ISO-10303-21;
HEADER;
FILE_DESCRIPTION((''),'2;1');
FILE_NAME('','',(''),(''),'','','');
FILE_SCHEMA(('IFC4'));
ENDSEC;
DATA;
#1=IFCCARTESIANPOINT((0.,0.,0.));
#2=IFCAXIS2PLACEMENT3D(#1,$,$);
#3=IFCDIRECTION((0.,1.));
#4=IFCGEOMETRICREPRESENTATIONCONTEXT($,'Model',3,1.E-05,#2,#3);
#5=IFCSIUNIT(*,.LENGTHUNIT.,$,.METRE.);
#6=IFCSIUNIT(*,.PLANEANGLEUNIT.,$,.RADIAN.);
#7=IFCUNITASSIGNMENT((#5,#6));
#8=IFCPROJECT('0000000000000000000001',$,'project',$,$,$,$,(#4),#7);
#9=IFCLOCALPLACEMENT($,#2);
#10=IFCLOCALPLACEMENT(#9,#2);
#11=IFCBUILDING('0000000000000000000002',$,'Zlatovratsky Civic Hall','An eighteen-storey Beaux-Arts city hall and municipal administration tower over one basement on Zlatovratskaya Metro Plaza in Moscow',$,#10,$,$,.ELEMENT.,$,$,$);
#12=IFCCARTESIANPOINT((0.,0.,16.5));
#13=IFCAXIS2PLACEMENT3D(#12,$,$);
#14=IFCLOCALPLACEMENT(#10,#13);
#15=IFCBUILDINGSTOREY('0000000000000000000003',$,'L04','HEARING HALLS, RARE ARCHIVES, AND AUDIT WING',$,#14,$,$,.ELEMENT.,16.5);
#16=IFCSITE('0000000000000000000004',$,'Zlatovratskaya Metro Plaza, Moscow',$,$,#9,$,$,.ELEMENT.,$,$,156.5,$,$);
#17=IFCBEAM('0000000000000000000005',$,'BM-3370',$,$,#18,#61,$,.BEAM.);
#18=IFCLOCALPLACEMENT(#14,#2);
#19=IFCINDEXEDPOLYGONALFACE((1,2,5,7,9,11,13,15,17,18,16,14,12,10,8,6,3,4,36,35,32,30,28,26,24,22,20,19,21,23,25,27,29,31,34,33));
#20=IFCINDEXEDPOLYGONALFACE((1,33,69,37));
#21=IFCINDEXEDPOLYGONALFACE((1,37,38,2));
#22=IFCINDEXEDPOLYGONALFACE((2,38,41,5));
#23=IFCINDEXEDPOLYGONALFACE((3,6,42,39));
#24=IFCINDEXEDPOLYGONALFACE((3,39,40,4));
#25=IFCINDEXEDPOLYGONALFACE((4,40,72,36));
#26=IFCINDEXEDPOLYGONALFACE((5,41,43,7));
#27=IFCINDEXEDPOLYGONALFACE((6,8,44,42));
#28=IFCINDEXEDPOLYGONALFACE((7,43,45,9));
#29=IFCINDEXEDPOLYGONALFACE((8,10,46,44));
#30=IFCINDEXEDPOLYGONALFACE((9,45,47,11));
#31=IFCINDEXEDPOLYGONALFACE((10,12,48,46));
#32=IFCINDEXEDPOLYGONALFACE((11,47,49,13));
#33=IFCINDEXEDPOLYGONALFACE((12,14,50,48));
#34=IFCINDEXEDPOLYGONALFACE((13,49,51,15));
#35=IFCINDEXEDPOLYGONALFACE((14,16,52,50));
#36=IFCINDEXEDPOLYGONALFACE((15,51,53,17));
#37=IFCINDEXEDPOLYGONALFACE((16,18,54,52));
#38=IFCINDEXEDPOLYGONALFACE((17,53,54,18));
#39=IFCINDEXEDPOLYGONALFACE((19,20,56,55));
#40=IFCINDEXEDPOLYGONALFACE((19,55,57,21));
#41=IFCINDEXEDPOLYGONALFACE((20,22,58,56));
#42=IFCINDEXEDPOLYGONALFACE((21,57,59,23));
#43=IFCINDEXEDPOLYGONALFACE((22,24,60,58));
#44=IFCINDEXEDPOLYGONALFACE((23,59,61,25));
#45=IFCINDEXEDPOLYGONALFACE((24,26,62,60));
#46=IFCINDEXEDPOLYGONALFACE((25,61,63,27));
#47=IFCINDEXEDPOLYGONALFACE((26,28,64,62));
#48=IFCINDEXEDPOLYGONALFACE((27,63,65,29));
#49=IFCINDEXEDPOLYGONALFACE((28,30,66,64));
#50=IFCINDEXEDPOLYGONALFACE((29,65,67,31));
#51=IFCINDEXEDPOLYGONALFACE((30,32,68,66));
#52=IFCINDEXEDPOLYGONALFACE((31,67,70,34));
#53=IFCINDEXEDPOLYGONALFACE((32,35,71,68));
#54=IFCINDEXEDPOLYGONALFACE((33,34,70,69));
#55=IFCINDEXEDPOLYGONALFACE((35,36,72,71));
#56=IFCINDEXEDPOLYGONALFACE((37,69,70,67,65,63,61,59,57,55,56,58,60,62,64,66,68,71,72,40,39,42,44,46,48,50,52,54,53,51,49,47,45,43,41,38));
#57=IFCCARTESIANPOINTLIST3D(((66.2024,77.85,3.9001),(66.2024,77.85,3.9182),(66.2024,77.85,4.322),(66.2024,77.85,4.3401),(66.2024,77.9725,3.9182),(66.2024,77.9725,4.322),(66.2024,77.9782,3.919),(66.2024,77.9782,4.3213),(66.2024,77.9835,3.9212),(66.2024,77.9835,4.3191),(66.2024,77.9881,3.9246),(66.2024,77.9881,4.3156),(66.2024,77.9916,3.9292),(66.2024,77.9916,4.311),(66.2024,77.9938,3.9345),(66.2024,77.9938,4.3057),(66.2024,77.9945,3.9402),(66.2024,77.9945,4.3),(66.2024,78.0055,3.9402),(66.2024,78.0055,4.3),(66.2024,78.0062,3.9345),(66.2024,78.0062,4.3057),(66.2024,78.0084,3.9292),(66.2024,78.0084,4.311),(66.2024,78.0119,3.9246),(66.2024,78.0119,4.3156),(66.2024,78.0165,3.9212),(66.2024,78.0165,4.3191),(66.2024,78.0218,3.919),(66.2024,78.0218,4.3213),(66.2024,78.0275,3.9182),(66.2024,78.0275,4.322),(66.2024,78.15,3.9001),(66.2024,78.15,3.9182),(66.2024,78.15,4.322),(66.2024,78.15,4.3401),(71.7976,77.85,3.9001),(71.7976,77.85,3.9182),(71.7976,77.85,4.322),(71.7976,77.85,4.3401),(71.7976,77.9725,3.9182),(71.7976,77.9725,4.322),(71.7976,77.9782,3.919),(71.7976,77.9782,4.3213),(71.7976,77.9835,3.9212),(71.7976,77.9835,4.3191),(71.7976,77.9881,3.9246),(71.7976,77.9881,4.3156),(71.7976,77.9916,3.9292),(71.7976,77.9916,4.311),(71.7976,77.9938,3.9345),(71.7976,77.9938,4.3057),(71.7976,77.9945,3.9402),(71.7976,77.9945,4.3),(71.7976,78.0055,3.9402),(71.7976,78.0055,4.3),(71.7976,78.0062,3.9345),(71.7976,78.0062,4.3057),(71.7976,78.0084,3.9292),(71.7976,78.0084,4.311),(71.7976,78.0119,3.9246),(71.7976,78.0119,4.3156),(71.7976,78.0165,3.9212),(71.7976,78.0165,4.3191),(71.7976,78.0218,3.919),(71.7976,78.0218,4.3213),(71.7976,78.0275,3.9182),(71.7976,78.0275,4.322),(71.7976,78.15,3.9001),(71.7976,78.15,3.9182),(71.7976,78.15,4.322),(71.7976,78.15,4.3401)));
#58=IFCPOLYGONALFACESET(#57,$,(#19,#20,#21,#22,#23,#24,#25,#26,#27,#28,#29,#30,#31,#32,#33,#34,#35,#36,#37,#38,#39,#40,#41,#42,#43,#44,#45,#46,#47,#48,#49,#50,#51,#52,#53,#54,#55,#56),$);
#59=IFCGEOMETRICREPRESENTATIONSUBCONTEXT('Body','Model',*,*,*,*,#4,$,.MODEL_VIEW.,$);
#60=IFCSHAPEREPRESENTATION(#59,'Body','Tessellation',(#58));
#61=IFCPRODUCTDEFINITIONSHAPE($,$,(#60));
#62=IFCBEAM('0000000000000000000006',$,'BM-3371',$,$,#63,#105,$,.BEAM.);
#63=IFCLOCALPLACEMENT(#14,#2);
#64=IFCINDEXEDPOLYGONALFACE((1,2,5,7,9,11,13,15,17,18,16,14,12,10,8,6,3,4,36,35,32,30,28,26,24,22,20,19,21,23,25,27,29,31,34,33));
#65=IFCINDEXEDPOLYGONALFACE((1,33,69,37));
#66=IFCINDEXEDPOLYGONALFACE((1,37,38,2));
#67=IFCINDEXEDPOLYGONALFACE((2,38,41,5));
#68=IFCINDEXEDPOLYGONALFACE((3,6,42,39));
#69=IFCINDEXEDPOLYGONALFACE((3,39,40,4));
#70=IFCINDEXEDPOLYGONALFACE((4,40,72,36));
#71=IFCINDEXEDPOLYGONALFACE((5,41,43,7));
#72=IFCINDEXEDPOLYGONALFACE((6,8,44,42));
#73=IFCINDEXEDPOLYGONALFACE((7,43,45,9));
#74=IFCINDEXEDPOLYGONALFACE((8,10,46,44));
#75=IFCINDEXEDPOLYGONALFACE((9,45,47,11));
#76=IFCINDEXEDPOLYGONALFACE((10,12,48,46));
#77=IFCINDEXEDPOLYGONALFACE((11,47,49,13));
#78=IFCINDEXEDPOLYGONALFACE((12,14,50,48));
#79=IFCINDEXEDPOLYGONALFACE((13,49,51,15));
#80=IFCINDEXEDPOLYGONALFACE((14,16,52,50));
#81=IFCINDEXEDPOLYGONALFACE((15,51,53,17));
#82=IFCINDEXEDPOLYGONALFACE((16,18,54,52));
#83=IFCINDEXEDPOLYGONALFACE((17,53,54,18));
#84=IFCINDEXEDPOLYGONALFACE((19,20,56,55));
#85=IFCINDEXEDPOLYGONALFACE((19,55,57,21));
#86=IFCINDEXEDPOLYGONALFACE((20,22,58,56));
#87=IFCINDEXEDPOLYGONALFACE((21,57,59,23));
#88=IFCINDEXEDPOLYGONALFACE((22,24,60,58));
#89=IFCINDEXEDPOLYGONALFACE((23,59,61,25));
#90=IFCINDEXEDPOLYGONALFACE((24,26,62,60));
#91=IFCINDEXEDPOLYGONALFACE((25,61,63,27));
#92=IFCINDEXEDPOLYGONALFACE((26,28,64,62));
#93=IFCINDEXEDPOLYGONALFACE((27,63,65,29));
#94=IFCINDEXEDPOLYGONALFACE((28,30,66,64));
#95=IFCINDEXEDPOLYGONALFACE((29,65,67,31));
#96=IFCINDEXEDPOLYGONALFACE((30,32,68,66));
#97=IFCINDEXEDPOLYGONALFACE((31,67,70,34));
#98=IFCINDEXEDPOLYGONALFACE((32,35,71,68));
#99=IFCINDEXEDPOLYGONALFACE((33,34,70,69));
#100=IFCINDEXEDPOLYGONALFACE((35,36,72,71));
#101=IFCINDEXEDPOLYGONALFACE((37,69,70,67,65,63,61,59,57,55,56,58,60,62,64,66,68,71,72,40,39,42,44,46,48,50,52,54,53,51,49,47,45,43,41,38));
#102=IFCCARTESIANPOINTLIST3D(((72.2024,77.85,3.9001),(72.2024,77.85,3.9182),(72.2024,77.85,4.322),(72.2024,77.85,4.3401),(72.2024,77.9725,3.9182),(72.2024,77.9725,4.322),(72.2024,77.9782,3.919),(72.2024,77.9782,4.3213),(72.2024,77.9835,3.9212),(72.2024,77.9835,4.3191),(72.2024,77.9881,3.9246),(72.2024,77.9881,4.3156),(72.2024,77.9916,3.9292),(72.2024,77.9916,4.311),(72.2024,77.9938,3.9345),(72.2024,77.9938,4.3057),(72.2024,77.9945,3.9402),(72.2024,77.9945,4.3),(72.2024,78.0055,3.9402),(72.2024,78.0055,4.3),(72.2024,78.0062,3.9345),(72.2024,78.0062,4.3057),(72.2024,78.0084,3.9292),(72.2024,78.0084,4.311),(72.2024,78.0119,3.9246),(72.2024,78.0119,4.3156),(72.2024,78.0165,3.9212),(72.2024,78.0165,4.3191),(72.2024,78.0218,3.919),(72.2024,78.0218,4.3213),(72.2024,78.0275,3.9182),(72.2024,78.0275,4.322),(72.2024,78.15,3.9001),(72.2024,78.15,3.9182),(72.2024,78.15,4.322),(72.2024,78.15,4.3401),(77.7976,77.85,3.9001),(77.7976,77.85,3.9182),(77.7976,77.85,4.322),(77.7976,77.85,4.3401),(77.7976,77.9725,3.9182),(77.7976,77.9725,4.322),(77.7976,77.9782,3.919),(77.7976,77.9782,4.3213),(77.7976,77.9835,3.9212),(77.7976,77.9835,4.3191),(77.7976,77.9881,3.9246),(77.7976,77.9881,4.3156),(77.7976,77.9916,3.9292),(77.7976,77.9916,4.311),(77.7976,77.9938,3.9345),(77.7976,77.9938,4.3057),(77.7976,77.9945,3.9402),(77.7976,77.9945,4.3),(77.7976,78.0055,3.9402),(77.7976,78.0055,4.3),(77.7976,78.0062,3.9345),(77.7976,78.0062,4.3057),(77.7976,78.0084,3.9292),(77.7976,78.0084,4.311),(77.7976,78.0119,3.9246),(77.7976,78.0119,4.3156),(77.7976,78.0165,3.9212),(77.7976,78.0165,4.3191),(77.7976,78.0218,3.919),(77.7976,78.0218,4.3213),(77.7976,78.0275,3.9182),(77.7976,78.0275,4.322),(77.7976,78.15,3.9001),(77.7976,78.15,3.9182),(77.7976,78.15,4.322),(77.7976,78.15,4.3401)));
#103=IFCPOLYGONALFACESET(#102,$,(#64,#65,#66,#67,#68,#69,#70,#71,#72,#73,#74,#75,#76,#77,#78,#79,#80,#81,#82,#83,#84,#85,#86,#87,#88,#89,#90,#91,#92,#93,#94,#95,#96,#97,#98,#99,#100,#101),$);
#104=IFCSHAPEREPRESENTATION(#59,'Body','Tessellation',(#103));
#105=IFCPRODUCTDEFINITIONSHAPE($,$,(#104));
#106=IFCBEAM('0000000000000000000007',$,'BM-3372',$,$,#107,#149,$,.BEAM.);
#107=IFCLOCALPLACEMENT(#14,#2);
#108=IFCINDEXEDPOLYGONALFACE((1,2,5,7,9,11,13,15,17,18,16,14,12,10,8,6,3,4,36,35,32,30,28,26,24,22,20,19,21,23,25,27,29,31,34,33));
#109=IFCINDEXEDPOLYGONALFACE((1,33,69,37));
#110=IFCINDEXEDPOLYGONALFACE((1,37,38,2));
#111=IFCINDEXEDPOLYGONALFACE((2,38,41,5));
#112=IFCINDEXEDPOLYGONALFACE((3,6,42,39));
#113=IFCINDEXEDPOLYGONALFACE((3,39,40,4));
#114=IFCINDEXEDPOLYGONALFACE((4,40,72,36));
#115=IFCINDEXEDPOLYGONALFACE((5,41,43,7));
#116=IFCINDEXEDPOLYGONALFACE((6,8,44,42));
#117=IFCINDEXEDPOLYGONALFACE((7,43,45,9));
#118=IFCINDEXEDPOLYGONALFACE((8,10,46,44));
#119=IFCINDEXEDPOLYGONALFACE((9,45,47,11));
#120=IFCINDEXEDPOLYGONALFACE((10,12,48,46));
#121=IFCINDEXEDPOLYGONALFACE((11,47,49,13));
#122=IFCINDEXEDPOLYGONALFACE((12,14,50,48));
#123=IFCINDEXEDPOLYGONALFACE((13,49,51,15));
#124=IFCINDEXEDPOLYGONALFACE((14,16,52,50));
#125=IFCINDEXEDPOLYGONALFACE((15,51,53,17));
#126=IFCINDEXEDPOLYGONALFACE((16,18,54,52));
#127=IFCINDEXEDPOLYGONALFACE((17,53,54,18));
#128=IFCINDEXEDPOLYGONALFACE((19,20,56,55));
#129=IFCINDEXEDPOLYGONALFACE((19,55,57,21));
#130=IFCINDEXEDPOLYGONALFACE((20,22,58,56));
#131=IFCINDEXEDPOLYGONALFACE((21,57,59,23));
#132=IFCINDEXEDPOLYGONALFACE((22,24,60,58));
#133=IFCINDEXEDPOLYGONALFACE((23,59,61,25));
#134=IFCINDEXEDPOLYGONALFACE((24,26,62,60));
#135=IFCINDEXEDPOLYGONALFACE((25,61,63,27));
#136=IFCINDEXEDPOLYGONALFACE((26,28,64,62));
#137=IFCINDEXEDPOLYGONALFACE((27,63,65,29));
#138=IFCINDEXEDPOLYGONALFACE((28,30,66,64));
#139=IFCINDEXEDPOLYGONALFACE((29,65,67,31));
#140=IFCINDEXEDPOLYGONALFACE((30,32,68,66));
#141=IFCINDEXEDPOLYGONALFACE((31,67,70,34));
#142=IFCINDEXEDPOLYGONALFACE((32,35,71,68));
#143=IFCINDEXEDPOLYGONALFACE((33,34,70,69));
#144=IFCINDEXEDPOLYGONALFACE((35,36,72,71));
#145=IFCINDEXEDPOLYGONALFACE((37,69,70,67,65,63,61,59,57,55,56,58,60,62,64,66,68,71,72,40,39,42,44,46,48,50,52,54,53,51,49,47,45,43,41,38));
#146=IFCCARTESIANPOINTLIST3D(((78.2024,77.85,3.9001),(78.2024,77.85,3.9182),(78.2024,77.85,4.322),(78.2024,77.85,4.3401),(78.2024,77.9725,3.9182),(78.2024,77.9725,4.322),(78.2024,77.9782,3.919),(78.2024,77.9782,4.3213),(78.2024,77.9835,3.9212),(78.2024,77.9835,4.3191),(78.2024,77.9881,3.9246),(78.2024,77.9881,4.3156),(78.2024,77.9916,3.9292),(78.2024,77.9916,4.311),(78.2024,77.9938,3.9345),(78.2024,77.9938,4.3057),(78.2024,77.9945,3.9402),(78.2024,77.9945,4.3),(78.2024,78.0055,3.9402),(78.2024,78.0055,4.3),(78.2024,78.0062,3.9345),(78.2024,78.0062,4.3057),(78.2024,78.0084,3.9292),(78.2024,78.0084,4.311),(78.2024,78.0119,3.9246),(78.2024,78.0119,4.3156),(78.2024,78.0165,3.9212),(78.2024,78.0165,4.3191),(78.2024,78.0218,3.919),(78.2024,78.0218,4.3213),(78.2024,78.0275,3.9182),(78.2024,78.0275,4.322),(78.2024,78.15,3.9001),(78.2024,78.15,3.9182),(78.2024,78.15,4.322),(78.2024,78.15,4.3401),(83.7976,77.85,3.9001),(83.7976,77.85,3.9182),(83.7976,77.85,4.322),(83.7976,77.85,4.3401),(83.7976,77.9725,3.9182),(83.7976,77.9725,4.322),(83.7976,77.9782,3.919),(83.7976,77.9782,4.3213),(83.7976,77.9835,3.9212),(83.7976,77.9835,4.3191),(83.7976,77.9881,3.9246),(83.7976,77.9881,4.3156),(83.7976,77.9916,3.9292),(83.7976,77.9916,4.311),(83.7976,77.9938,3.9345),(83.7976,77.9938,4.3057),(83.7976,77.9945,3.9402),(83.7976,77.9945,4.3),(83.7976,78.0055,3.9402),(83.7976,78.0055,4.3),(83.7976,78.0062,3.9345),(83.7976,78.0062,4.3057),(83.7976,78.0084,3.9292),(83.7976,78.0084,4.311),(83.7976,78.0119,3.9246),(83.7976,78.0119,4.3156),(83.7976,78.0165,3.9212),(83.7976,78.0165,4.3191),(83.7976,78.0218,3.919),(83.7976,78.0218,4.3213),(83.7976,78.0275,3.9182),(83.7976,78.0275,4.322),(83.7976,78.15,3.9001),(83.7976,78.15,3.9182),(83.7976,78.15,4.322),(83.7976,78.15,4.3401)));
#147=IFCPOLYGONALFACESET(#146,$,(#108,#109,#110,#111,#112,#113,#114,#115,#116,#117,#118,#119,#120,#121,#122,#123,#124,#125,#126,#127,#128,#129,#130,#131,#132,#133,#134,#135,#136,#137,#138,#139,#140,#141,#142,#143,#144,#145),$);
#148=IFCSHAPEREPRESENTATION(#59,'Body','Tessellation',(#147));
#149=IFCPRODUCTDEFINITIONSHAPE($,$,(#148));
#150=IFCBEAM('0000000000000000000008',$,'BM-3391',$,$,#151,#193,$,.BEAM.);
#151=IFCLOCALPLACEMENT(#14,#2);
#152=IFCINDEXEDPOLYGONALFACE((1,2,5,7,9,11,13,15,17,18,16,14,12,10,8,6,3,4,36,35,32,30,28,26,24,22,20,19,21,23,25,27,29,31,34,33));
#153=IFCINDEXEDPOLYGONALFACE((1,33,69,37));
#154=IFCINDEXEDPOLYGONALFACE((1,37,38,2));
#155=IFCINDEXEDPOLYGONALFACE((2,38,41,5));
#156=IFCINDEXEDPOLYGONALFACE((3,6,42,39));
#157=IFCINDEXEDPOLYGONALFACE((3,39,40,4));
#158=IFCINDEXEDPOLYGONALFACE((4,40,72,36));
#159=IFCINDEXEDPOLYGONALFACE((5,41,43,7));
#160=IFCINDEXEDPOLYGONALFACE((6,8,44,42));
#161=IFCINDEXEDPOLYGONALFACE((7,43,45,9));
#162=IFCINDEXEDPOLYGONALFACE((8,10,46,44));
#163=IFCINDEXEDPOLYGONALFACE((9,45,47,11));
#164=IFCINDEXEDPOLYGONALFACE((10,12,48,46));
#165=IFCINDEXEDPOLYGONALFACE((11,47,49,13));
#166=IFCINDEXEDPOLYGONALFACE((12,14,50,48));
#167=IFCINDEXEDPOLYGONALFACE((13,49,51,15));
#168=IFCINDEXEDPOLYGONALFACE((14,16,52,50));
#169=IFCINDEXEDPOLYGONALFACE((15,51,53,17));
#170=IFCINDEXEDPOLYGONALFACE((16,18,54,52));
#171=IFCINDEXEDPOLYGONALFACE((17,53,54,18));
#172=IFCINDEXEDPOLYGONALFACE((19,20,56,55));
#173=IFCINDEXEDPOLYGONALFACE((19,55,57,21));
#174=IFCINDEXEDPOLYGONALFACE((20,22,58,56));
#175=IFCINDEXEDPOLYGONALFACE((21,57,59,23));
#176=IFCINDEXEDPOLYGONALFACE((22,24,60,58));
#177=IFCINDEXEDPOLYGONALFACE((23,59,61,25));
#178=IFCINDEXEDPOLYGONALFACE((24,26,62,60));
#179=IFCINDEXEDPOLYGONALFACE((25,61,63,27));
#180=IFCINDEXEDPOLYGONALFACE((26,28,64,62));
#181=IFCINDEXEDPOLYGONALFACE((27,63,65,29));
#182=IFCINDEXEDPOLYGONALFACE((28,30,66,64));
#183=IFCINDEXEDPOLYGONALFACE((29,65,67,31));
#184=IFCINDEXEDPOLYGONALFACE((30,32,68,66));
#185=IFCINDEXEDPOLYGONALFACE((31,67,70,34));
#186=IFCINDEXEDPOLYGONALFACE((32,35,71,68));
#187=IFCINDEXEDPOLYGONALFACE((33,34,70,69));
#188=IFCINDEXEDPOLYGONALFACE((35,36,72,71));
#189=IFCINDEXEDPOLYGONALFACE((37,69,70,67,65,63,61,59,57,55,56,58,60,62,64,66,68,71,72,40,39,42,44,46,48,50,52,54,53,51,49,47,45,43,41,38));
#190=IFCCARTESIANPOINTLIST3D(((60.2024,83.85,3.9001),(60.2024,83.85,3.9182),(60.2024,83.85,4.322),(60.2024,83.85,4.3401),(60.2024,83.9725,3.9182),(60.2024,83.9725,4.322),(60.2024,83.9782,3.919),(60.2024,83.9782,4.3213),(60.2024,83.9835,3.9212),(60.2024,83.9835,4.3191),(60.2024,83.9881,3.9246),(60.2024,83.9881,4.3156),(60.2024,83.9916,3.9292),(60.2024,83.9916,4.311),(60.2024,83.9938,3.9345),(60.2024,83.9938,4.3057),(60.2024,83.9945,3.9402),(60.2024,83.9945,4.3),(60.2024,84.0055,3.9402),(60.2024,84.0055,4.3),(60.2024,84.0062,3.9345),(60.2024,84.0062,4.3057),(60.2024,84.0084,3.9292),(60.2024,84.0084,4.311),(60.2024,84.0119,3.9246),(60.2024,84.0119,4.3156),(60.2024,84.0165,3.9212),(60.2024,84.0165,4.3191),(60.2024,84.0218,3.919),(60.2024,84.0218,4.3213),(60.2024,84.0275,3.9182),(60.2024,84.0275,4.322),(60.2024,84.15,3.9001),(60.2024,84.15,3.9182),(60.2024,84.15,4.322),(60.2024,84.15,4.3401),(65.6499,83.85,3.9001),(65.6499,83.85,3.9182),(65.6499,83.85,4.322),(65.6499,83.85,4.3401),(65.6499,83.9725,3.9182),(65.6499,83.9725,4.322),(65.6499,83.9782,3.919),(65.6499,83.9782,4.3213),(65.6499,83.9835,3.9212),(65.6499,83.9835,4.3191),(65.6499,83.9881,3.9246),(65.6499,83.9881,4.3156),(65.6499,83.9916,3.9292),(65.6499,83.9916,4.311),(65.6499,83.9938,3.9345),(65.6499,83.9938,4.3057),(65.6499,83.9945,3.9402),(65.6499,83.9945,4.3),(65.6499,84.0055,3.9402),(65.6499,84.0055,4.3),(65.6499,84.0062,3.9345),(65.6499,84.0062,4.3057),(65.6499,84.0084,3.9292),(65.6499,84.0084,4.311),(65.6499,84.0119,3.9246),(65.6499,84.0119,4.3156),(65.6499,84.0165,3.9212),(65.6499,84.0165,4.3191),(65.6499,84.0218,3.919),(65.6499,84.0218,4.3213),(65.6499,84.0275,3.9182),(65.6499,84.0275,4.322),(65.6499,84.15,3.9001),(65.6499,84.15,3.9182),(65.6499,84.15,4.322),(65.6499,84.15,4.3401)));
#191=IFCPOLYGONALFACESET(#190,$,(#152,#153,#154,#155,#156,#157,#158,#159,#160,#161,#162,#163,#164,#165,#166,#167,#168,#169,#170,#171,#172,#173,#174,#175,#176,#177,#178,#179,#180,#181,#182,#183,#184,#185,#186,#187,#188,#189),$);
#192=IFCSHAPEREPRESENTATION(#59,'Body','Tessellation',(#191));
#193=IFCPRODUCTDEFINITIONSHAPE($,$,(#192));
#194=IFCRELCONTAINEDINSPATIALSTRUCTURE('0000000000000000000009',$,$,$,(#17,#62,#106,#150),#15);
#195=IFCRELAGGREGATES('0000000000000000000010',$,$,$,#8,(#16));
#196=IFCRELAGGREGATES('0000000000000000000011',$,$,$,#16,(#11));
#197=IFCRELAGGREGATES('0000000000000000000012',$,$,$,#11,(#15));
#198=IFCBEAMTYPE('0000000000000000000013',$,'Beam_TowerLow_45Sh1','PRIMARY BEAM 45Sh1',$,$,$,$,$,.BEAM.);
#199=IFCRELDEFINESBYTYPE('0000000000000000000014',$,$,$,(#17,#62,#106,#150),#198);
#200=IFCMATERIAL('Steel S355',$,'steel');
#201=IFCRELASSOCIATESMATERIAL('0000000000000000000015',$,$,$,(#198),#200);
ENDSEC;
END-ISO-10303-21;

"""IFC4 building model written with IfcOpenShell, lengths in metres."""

from ifc_helpers import new_model, si_unit, direction, frame, origin, origin_2d, place, context, subcontext, project, spatial, i_section, extrude, material, material_profile, profile_set, type_object, element, save


model = new_model("IFC4")

# Units and contexts
model_context = context("Model", 3, precision=1e-05, world=origin(), true_north=direction((0.0, 1.0)))
body_context = subcontext(model_context, "Body", "Model", "MODEL_VIEW")
ifc_project = project(units=[si_unit("LENGTHUNIT", "METRE"), si_unit("PLANEANGLEUNIT", "RADIAN")], contexts=[model_context])

# Site, building, storey
site_placement = place(None, origin())
site = spatial("IfcSite", under=ifc_project, at=site_placement, Name="Zlatovratskaya Metro Plaza, Moscow", CompositionType="ELEMENT", RefElevation=156.5)
building_placement = place(site_placement, origin())
building = spatial("IfcBuilding", under=site, at=building_placement, Name="Zlatovratsky Civic Hall", Description="An eighteen-storey Beaux-Arts city hall and municipal administration tower over one basement on Zlatovratskaya Metro Plaza in Moscow", CompositionType="ELEMENT")
storey_placement = place(building_placement, frame((0.0, 0.0, 16.5)))
storey = spatial("IfcBuildingStorey", under=building, at=storey_placement, Name="L04", Description="HEARING HALLS, RARE ARCHIVES, AND AUDIT WING", CompositionType="ELEMENT", Elevation=16.5)

# Shared definitions
ifc_material_1 = material(Name="Steel S355", Category="steel")

# Beams
ifc_material_profile_1 = material_profile(ifc_material_1, i_section(OverallWidth=0.3, OverallDepth=0.4399, WebThickness=0.011, FlangeThickness=0.0181, FilletRadius=0.022, at=origin_2d()), Name="45Sh1")
ifc_profile_set_1 = profile_set([ifc_material_profile_1], Name="Steel S355")
beam_type_1 = type_object("IfcBeamType", Name="Beam_TowerLow_45Sh1", Description="PRIMARY BEAM 45Sh1", PredefinedType="BEAM", material=ifc_profile_set_1)
for number, where, z_axis, x_axis, name in (
    (1, (66.2024, 78.0, 4.1201), (1.0, 0.0, 0.0), (0.0, 1.0, 0.0), "BM-3370"),
    (2, (72.2024, 78.0, 4.1201), (1.0, 0.0, 0.0), (0.0, 1.0, 0.0), "BM-3371"),
    (3, (78.2024, 78.0, 4.1201), (1.0, 0.0, 0.0), (0.0, 1.0, 0.0), "BM-3372"),
):
    element("IfcBeam", number, at=place(storey_placement, frame(where, z_axis=z_axis, x_axis=x_axis)), inside=storey, type_object=beam_type_1, Name=name, PredefinedType="BEAM", context=body_context, shape_type="SweptSolid", body=[
        extrude(i_section(OverallWidth=0.3, OverallDepth=0.4399, WebThickness=0.011, FlangeThickness=0.0181, FilletRadius=0.022, at=origin_2d()), origin(), (0.0, 0.0, 1.0), 5.5952),
    ])
beam_1_placement = place(storey_placement, frame((60.2024, 84.0, 4.1201), z_axis=(1.0, 0.0, 0.0), x_axis=(0.0, 1.0, 0.0)))
element("IfcBeam", 4, at=beam_1_placement, inside=storey, type_object=beam_type_1, Name="BM-3391", PredefinedType="BEAM", context=body_context, shape_type="SweptSolid", body=[
    extrude(i_section(OverallWidth=0.3, OverallDepth=0.4399, WebThickness=0.011, FlangeThickness=0.0181, FilletRadius=0.022, at=origin_2d()), origin(), (0.0, 0.0, 1.0), 5.4475),
])

save(model, "model.ifc")
